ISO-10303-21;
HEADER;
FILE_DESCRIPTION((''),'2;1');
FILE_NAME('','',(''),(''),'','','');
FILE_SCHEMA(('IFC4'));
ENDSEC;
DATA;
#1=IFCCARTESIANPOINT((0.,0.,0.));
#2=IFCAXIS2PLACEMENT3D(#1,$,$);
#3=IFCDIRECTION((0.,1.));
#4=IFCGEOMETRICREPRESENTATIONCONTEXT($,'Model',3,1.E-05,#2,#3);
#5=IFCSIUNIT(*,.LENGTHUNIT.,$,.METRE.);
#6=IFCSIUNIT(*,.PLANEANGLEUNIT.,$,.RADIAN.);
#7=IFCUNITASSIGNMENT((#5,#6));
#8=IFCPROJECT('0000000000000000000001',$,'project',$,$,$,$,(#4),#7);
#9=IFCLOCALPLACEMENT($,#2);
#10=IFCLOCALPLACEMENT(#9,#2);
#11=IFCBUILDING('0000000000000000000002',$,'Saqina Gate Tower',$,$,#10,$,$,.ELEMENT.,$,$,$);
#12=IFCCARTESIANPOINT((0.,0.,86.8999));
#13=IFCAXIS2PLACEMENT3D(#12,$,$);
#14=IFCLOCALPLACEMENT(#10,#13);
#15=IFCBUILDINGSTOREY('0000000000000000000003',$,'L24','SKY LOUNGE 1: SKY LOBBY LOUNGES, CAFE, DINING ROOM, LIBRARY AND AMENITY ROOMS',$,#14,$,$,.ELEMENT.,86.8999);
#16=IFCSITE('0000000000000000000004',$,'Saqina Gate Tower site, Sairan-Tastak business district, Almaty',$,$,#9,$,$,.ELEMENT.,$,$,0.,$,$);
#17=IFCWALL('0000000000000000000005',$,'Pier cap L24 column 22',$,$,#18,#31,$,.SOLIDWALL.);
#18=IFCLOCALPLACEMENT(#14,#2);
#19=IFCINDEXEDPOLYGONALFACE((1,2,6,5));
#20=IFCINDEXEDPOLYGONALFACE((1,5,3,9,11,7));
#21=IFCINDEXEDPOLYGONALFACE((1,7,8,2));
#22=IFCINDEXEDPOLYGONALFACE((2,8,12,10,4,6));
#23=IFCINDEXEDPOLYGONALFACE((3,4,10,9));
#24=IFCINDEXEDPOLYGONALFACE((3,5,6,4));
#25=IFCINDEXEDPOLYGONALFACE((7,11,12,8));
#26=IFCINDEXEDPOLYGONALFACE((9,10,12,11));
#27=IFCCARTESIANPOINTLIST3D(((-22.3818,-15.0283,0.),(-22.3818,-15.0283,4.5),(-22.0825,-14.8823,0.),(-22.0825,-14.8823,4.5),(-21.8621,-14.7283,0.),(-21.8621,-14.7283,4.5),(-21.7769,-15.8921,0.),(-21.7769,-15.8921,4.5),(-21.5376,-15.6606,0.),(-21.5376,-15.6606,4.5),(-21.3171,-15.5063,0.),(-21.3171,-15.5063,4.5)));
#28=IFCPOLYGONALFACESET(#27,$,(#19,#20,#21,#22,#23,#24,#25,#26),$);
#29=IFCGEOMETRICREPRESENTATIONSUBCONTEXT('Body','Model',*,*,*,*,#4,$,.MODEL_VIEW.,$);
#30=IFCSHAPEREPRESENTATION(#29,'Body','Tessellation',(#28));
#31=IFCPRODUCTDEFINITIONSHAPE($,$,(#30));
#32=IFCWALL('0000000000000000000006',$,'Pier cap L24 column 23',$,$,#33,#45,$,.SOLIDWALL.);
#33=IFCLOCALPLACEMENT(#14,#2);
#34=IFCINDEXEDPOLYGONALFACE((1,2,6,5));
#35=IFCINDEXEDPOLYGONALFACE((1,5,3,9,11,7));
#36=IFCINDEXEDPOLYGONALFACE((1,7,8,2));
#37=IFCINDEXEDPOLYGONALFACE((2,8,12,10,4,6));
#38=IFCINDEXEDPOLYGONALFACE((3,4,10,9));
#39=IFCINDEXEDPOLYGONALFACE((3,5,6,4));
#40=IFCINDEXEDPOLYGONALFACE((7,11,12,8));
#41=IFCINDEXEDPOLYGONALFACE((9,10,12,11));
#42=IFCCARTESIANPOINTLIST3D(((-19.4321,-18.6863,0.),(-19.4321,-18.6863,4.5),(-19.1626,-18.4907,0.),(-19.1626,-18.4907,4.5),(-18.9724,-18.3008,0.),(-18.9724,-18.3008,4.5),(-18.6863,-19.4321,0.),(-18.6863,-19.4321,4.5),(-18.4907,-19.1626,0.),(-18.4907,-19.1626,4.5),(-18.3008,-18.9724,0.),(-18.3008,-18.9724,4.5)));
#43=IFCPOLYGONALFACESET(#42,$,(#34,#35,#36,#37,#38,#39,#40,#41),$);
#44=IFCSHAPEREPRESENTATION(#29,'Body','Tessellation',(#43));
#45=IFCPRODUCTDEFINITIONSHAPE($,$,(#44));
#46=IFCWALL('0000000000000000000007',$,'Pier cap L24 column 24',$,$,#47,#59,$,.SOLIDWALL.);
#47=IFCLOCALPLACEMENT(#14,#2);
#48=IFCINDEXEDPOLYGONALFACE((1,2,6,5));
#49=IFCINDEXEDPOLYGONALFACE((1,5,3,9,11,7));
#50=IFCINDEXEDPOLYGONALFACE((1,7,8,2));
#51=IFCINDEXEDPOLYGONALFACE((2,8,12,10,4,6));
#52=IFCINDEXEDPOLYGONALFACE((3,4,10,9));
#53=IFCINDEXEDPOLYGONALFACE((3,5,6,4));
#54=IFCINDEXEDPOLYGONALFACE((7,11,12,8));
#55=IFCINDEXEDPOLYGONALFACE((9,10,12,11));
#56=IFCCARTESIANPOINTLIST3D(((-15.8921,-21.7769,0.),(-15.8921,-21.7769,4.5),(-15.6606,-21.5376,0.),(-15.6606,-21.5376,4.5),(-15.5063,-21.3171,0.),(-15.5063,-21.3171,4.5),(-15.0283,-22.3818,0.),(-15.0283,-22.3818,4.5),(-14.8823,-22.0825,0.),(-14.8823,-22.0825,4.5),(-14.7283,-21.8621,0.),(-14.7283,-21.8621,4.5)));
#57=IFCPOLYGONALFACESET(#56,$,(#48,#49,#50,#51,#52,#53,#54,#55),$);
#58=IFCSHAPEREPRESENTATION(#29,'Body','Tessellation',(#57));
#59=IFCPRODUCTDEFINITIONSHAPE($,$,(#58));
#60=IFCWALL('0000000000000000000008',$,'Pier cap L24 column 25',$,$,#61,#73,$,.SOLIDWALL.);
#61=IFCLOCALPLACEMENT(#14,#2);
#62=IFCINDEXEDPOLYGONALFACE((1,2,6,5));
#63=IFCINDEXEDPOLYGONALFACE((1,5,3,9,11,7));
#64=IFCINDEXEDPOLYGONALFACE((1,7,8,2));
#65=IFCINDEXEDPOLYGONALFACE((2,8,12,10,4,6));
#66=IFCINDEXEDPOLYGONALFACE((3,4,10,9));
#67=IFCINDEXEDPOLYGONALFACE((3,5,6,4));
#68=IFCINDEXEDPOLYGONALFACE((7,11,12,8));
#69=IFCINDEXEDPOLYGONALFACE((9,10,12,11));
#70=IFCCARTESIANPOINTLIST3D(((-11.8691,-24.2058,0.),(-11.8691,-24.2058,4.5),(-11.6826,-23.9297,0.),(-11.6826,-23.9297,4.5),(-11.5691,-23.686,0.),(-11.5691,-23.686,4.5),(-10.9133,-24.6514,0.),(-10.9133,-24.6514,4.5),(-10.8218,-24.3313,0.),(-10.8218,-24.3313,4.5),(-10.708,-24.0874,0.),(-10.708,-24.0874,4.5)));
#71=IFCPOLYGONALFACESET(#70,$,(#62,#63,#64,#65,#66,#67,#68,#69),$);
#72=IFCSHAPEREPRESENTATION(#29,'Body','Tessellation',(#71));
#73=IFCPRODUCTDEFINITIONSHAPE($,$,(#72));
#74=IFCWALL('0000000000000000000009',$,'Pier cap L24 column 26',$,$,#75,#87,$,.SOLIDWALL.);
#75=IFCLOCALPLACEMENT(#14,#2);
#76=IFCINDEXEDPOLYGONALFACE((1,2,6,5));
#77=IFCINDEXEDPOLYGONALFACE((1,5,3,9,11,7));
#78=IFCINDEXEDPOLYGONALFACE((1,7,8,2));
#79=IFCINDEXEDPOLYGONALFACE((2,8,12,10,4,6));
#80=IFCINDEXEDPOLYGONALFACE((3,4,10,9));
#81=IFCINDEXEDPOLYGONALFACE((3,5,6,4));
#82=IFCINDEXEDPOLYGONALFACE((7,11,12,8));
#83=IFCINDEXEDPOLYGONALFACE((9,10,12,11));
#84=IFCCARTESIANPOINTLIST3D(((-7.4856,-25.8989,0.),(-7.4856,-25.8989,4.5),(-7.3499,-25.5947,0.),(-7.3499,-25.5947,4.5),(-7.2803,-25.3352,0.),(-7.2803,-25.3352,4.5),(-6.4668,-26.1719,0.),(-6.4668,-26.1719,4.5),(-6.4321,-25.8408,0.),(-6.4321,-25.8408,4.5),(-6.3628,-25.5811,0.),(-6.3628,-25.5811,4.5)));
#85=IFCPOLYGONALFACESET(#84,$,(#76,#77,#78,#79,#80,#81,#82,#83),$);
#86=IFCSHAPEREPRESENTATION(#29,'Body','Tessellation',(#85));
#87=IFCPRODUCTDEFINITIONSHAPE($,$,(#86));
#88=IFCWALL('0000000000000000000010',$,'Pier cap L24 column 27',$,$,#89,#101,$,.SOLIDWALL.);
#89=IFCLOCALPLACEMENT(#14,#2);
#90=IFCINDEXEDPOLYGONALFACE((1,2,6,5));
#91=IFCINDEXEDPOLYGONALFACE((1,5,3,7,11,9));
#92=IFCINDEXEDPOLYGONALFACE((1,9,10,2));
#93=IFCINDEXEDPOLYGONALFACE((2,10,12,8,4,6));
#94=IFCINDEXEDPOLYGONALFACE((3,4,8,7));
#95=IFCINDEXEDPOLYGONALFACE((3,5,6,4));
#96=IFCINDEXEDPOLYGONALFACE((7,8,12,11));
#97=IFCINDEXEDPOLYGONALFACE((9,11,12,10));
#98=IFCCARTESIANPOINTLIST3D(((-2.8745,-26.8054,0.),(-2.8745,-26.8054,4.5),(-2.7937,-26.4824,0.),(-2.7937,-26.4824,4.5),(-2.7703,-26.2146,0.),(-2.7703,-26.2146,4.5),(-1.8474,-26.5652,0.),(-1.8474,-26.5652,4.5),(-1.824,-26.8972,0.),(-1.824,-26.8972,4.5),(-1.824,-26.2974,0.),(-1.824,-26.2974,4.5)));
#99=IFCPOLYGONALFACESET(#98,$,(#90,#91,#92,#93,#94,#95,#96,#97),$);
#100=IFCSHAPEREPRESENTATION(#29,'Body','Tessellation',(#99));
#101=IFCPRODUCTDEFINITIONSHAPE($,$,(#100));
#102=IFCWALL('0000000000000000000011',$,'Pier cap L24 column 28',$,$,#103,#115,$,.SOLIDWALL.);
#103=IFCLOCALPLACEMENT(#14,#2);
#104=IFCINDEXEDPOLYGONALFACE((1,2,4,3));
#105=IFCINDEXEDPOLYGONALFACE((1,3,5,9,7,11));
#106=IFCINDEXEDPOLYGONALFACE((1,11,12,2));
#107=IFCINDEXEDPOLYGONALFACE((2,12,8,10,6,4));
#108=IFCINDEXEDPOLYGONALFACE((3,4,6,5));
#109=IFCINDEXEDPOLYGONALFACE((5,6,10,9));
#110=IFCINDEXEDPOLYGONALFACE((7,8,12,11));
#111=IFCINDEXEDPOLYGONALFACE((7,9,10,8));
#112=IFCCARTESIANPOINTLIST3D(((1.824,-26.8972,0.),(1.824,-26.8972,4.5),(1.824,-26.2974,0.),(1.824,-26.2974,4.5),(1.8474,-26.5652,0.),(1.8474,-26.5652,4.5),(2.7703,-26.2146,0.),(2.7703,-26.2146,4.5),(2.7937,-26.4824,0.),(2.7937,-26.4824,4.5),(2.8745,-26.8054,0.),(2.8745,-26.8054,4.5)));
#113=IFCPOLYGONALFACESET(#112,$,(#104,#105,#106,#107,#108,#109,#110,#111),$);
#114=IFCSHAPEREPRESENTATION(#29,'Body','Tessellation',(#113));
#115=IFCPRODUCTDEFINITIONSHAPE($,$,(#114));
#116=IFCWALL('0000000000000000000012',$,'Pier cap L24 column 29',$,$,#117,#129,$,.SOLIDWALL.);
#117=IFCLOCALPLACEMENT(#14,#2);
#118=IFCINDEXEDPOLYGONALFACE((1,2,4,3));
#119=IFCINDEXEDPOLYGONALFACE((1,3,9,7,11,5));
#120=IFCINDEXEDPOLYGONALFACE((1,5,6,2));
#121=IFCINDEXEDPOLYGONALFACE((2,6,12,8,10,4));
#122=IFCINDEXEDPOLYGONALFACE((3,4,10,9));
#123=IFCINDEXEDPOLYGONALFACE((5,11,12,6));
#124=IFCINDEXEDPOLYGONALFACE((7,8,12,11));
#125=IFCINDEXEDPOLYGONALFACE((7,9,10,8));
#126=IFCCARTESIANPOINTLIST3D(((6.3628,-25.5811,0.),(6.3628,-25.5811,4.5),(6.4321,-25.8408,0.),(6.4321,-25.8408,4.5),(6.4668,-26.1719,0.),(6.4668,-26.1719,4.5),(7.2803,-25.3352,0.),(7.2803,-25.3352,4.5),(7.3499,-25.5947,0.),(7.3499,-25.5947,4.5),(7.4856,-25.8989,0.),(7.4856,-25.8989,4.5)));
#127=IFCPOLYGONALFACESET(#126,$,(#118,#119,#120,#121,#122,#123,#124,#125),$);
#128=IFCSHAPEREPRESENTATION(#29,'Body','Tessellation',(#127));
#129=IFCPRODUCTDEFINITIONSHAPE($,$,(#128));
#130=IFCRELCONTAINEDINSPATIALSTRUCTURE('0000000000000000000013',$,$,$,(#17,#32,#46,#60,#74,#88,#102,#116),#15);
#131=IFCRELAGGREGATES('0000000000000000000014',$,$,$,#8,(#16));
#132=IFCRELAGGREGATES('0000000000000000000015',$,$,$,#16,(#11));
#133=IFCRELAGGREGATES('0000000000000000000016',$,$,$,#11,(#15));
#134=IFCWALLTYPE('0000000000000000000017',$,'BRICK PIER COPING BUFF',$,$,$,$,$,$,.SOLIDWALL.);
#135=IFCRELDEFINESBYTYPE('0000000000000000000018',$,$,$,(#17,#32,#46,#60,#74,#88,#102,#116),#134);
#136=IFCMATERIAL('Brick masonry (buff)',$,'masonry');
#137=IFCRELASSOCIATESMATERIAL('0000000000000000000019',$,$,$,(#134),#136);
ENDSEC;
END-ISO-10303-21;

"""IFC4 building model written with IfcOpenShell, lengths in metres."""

from ifc_helpers import new_model, si_unit, direction, frame, origin, place, context, subcontext, project, spatial, polyline, outline, extrude, material, type_object, element, save


model = new_model("IFC4")

# Units and contexts
model_context = context("Model", 3, precision=1e-05, world=origin(), true_north=direction((0.0, 1.0)))
body_context = subcontext(model_context, "Body", "Model", "MODEL_VIEW")
ifc_project = project(units=[si_unit("LENGTHUNIT", "METRE"), si_unit("PLANEANGLEUNIT", "RADIAN")], contexts=[model_context])

# Site, building, storey
site_placement = place(None, origin())
site = spatial("IfcSite", under=ifc_project, at=site_placement, Name="Saqina Gate Tower site, Sairan-Tastak business district, Almaty", CompositionType="ELEMENT", RefElevation=0.0)
building_placement = place(site_placement, origin())
building = spatial("IfcBuilding", under=site, at=building_placement, Name="Saqina Gate Tower", CompositionType="ELEMENT")
storey_placement = place(building_placement, frame((0.0, 0.0, 86.8999)))
storey = spatial("IfcBuildingStorey", under=building, at=storey_placement, Name="L24", Description="SKY LOUNGE 1: SKY LOBBY LOUNGES, CAFE, DINING ROOM, LIBRARY AND AMENITY ROOMS", CompositionType="ELEMENT", Elevation=86.8999)

# Walls
ifc_material_1 = material(Name="Brick masonry (buff)", Category="masonry")
wall_type = type_object("IfcWallType", Name="BRICK PIER COPING BUFF", PredefinedType="SOLIDWALL", material=ifc_material_1)
wall_1_placement = place(storey_placement, origin())
element("IfcWall", 1, at=wall_1_placement, inside=storey, type_object=wall_type, Name="Pier cap L24 column 22", PredefinedType="SOLIDWALL", context=body_context, shape_type="SweptSolid", body=[
    extrude(outline(polyline([(-21.7769, -15.8921), (-21.3171, -15.5063), (-21.5376, -15.6606), (-22.0825, -14.8823), (-21.8621, -14.7283), (-22.3818, -15.0283), (-21.7769, -15.8921)])), origin(), (0.0, 0.0, 1.0), 4.5),
])
wall_2_placement = place(storey_placement, origin())
element("IfcWall", 2, at=wall_2_placement, inside=storey, type_object=wall_type, Name="Pier cap L24 column 23", PredefinedType="SOLIDWALL", context=body_context, shape_type="SweptSolid", body=[
    extrude(outline(polyline([(-19.4321, -18.6863), (-18.6863, -19.4321), (-18.3008, -18.9724), (-18.4907, -19.1626), (-19.1626, -18.4907), (-18.9724, -18.3008), (-19.4321, -18.6863)])), origin(), (0.0, 0.0, 1.0), 4.5),
])
wall_3_placement = place(storey_placement, origin())
element("IfcWall", 3, at=wall_3_placement, inside=storey, type_object=wall_type, Name="Pier cap L24 column 24", PredefinedType="SOLIDWALL", context=body_context, shape_type="SweptSolid", body=[
    extrude(outline(polyline([(-15.0283, -22.3818), (-14.7283, -21.8621), (-14.8823, -22.0825), (-15.6606, -21.5376), (-15.5063, -21.3171), (-15.8921, -21.7769), (-15.0283, -22.3818)])), origin(), (0.0, 0.0, 1.0), 4.5),
])
wall_4_placement = place(storey_placement, origin())
element("IfcWall", 4, at=wall_4_placement, inside=storey, type_object=wall_type, Name="Pier cap L24 column 25", PredefinedType="SOLIDWALL", context=body_context, shape_type="SweptSolid", body=[
    extrude(outline(polyline([(-10.9133, -24.6514), (-10.708, -24.0874), (-10.8218, -24.3313), (-11.6826, -23.9297), (-11.5691, -23.686), (-11.8691, -24.2058), (-10.9133, -24.6514)])), origin(), (0.0, 0.0, 1.0), 4.5),
])
wall_5_placement = place(storey_placement, origin())
element("IfcWall", 5, at=wall_5_placement, inside=storey, type_object=wall_type, Name="Pier cap L24 column 26", PredefinedType="SOLIDWALL", context=body_context, shape_type="SweptSolid", body=[
    extrude(outline(polyline([(-7.4856, -25.8989), (-6.4668, -26.1719), (-6.3628, -25.5811), (-6.4321, -25.8408), (-7.3499, -25.5947), (-7.2803, -25.3352), (-7.4856, -25.8989)])), origin(), (0.0, 0.0, 1.0), 4.5),
])
wall_6_placement = place(storey_placement, origin())
element("IfcWall", 6, at=wall_6_placement, inside=storey, type_object=wall_type, Name="Pier cap L24 column 27", PredefinedType="SOLIDWALL", context=body_context, shape_type="SweptSolid", body=[
    extrude(outline(polyline([(-2.8745, -26.8054), (-1.824, -26.8972), (-1.824, -26.2974), (-1.8474, -26.5652), (-2.7937, -26.4824), (-2.7703, -26.2146), (-2.8745, -26.8054)])), origin(), (0.0, 0.0, 1.0), 4.5),
])
wall_7_placement = place(storey_placement, origin())
element("IfcWall", 7, at=wall_7_placement, inside=storey, type_object=wall_type, Name="Pier cap L24 column 28", PredefinedType="SOLIDWALL", context=body_context, shape_type="SweptSolid", body=[
    extrude(outline(polyline([(2.8745, -26.8054), (2.7703, -26.2146), (2.7937, -26.4824), (1.8474, -26.5652), (1.824, -26.2974), (1.824, -26.8972), (2.8745, -26.8054)])), origin(), (0.0, 0.0, 1.0), 4.5),
])
wall_8_placement = place(storey_placement, origin())
element("IfcWall", 8, at=wall_8_placement, inside=storey, type_object=wall_type, Name="Pier cap L24 column 29", PredefinedType="SOLIDWALL", context=body_context, shape_type="SweptSolid", body=[
    extrude(outline(polyline([(6.4668, -26.1719), (7.4856, -25.8989), (7.2803, -25.3352), (7.3499, -25.5947), (6.4321, -25.8408), (6.3628, -25.5811), (6.4668, -26.1719)])), origin(), (0.0, 0.0, 1.0), 4.5),
])

save(model, "model.ifc")
